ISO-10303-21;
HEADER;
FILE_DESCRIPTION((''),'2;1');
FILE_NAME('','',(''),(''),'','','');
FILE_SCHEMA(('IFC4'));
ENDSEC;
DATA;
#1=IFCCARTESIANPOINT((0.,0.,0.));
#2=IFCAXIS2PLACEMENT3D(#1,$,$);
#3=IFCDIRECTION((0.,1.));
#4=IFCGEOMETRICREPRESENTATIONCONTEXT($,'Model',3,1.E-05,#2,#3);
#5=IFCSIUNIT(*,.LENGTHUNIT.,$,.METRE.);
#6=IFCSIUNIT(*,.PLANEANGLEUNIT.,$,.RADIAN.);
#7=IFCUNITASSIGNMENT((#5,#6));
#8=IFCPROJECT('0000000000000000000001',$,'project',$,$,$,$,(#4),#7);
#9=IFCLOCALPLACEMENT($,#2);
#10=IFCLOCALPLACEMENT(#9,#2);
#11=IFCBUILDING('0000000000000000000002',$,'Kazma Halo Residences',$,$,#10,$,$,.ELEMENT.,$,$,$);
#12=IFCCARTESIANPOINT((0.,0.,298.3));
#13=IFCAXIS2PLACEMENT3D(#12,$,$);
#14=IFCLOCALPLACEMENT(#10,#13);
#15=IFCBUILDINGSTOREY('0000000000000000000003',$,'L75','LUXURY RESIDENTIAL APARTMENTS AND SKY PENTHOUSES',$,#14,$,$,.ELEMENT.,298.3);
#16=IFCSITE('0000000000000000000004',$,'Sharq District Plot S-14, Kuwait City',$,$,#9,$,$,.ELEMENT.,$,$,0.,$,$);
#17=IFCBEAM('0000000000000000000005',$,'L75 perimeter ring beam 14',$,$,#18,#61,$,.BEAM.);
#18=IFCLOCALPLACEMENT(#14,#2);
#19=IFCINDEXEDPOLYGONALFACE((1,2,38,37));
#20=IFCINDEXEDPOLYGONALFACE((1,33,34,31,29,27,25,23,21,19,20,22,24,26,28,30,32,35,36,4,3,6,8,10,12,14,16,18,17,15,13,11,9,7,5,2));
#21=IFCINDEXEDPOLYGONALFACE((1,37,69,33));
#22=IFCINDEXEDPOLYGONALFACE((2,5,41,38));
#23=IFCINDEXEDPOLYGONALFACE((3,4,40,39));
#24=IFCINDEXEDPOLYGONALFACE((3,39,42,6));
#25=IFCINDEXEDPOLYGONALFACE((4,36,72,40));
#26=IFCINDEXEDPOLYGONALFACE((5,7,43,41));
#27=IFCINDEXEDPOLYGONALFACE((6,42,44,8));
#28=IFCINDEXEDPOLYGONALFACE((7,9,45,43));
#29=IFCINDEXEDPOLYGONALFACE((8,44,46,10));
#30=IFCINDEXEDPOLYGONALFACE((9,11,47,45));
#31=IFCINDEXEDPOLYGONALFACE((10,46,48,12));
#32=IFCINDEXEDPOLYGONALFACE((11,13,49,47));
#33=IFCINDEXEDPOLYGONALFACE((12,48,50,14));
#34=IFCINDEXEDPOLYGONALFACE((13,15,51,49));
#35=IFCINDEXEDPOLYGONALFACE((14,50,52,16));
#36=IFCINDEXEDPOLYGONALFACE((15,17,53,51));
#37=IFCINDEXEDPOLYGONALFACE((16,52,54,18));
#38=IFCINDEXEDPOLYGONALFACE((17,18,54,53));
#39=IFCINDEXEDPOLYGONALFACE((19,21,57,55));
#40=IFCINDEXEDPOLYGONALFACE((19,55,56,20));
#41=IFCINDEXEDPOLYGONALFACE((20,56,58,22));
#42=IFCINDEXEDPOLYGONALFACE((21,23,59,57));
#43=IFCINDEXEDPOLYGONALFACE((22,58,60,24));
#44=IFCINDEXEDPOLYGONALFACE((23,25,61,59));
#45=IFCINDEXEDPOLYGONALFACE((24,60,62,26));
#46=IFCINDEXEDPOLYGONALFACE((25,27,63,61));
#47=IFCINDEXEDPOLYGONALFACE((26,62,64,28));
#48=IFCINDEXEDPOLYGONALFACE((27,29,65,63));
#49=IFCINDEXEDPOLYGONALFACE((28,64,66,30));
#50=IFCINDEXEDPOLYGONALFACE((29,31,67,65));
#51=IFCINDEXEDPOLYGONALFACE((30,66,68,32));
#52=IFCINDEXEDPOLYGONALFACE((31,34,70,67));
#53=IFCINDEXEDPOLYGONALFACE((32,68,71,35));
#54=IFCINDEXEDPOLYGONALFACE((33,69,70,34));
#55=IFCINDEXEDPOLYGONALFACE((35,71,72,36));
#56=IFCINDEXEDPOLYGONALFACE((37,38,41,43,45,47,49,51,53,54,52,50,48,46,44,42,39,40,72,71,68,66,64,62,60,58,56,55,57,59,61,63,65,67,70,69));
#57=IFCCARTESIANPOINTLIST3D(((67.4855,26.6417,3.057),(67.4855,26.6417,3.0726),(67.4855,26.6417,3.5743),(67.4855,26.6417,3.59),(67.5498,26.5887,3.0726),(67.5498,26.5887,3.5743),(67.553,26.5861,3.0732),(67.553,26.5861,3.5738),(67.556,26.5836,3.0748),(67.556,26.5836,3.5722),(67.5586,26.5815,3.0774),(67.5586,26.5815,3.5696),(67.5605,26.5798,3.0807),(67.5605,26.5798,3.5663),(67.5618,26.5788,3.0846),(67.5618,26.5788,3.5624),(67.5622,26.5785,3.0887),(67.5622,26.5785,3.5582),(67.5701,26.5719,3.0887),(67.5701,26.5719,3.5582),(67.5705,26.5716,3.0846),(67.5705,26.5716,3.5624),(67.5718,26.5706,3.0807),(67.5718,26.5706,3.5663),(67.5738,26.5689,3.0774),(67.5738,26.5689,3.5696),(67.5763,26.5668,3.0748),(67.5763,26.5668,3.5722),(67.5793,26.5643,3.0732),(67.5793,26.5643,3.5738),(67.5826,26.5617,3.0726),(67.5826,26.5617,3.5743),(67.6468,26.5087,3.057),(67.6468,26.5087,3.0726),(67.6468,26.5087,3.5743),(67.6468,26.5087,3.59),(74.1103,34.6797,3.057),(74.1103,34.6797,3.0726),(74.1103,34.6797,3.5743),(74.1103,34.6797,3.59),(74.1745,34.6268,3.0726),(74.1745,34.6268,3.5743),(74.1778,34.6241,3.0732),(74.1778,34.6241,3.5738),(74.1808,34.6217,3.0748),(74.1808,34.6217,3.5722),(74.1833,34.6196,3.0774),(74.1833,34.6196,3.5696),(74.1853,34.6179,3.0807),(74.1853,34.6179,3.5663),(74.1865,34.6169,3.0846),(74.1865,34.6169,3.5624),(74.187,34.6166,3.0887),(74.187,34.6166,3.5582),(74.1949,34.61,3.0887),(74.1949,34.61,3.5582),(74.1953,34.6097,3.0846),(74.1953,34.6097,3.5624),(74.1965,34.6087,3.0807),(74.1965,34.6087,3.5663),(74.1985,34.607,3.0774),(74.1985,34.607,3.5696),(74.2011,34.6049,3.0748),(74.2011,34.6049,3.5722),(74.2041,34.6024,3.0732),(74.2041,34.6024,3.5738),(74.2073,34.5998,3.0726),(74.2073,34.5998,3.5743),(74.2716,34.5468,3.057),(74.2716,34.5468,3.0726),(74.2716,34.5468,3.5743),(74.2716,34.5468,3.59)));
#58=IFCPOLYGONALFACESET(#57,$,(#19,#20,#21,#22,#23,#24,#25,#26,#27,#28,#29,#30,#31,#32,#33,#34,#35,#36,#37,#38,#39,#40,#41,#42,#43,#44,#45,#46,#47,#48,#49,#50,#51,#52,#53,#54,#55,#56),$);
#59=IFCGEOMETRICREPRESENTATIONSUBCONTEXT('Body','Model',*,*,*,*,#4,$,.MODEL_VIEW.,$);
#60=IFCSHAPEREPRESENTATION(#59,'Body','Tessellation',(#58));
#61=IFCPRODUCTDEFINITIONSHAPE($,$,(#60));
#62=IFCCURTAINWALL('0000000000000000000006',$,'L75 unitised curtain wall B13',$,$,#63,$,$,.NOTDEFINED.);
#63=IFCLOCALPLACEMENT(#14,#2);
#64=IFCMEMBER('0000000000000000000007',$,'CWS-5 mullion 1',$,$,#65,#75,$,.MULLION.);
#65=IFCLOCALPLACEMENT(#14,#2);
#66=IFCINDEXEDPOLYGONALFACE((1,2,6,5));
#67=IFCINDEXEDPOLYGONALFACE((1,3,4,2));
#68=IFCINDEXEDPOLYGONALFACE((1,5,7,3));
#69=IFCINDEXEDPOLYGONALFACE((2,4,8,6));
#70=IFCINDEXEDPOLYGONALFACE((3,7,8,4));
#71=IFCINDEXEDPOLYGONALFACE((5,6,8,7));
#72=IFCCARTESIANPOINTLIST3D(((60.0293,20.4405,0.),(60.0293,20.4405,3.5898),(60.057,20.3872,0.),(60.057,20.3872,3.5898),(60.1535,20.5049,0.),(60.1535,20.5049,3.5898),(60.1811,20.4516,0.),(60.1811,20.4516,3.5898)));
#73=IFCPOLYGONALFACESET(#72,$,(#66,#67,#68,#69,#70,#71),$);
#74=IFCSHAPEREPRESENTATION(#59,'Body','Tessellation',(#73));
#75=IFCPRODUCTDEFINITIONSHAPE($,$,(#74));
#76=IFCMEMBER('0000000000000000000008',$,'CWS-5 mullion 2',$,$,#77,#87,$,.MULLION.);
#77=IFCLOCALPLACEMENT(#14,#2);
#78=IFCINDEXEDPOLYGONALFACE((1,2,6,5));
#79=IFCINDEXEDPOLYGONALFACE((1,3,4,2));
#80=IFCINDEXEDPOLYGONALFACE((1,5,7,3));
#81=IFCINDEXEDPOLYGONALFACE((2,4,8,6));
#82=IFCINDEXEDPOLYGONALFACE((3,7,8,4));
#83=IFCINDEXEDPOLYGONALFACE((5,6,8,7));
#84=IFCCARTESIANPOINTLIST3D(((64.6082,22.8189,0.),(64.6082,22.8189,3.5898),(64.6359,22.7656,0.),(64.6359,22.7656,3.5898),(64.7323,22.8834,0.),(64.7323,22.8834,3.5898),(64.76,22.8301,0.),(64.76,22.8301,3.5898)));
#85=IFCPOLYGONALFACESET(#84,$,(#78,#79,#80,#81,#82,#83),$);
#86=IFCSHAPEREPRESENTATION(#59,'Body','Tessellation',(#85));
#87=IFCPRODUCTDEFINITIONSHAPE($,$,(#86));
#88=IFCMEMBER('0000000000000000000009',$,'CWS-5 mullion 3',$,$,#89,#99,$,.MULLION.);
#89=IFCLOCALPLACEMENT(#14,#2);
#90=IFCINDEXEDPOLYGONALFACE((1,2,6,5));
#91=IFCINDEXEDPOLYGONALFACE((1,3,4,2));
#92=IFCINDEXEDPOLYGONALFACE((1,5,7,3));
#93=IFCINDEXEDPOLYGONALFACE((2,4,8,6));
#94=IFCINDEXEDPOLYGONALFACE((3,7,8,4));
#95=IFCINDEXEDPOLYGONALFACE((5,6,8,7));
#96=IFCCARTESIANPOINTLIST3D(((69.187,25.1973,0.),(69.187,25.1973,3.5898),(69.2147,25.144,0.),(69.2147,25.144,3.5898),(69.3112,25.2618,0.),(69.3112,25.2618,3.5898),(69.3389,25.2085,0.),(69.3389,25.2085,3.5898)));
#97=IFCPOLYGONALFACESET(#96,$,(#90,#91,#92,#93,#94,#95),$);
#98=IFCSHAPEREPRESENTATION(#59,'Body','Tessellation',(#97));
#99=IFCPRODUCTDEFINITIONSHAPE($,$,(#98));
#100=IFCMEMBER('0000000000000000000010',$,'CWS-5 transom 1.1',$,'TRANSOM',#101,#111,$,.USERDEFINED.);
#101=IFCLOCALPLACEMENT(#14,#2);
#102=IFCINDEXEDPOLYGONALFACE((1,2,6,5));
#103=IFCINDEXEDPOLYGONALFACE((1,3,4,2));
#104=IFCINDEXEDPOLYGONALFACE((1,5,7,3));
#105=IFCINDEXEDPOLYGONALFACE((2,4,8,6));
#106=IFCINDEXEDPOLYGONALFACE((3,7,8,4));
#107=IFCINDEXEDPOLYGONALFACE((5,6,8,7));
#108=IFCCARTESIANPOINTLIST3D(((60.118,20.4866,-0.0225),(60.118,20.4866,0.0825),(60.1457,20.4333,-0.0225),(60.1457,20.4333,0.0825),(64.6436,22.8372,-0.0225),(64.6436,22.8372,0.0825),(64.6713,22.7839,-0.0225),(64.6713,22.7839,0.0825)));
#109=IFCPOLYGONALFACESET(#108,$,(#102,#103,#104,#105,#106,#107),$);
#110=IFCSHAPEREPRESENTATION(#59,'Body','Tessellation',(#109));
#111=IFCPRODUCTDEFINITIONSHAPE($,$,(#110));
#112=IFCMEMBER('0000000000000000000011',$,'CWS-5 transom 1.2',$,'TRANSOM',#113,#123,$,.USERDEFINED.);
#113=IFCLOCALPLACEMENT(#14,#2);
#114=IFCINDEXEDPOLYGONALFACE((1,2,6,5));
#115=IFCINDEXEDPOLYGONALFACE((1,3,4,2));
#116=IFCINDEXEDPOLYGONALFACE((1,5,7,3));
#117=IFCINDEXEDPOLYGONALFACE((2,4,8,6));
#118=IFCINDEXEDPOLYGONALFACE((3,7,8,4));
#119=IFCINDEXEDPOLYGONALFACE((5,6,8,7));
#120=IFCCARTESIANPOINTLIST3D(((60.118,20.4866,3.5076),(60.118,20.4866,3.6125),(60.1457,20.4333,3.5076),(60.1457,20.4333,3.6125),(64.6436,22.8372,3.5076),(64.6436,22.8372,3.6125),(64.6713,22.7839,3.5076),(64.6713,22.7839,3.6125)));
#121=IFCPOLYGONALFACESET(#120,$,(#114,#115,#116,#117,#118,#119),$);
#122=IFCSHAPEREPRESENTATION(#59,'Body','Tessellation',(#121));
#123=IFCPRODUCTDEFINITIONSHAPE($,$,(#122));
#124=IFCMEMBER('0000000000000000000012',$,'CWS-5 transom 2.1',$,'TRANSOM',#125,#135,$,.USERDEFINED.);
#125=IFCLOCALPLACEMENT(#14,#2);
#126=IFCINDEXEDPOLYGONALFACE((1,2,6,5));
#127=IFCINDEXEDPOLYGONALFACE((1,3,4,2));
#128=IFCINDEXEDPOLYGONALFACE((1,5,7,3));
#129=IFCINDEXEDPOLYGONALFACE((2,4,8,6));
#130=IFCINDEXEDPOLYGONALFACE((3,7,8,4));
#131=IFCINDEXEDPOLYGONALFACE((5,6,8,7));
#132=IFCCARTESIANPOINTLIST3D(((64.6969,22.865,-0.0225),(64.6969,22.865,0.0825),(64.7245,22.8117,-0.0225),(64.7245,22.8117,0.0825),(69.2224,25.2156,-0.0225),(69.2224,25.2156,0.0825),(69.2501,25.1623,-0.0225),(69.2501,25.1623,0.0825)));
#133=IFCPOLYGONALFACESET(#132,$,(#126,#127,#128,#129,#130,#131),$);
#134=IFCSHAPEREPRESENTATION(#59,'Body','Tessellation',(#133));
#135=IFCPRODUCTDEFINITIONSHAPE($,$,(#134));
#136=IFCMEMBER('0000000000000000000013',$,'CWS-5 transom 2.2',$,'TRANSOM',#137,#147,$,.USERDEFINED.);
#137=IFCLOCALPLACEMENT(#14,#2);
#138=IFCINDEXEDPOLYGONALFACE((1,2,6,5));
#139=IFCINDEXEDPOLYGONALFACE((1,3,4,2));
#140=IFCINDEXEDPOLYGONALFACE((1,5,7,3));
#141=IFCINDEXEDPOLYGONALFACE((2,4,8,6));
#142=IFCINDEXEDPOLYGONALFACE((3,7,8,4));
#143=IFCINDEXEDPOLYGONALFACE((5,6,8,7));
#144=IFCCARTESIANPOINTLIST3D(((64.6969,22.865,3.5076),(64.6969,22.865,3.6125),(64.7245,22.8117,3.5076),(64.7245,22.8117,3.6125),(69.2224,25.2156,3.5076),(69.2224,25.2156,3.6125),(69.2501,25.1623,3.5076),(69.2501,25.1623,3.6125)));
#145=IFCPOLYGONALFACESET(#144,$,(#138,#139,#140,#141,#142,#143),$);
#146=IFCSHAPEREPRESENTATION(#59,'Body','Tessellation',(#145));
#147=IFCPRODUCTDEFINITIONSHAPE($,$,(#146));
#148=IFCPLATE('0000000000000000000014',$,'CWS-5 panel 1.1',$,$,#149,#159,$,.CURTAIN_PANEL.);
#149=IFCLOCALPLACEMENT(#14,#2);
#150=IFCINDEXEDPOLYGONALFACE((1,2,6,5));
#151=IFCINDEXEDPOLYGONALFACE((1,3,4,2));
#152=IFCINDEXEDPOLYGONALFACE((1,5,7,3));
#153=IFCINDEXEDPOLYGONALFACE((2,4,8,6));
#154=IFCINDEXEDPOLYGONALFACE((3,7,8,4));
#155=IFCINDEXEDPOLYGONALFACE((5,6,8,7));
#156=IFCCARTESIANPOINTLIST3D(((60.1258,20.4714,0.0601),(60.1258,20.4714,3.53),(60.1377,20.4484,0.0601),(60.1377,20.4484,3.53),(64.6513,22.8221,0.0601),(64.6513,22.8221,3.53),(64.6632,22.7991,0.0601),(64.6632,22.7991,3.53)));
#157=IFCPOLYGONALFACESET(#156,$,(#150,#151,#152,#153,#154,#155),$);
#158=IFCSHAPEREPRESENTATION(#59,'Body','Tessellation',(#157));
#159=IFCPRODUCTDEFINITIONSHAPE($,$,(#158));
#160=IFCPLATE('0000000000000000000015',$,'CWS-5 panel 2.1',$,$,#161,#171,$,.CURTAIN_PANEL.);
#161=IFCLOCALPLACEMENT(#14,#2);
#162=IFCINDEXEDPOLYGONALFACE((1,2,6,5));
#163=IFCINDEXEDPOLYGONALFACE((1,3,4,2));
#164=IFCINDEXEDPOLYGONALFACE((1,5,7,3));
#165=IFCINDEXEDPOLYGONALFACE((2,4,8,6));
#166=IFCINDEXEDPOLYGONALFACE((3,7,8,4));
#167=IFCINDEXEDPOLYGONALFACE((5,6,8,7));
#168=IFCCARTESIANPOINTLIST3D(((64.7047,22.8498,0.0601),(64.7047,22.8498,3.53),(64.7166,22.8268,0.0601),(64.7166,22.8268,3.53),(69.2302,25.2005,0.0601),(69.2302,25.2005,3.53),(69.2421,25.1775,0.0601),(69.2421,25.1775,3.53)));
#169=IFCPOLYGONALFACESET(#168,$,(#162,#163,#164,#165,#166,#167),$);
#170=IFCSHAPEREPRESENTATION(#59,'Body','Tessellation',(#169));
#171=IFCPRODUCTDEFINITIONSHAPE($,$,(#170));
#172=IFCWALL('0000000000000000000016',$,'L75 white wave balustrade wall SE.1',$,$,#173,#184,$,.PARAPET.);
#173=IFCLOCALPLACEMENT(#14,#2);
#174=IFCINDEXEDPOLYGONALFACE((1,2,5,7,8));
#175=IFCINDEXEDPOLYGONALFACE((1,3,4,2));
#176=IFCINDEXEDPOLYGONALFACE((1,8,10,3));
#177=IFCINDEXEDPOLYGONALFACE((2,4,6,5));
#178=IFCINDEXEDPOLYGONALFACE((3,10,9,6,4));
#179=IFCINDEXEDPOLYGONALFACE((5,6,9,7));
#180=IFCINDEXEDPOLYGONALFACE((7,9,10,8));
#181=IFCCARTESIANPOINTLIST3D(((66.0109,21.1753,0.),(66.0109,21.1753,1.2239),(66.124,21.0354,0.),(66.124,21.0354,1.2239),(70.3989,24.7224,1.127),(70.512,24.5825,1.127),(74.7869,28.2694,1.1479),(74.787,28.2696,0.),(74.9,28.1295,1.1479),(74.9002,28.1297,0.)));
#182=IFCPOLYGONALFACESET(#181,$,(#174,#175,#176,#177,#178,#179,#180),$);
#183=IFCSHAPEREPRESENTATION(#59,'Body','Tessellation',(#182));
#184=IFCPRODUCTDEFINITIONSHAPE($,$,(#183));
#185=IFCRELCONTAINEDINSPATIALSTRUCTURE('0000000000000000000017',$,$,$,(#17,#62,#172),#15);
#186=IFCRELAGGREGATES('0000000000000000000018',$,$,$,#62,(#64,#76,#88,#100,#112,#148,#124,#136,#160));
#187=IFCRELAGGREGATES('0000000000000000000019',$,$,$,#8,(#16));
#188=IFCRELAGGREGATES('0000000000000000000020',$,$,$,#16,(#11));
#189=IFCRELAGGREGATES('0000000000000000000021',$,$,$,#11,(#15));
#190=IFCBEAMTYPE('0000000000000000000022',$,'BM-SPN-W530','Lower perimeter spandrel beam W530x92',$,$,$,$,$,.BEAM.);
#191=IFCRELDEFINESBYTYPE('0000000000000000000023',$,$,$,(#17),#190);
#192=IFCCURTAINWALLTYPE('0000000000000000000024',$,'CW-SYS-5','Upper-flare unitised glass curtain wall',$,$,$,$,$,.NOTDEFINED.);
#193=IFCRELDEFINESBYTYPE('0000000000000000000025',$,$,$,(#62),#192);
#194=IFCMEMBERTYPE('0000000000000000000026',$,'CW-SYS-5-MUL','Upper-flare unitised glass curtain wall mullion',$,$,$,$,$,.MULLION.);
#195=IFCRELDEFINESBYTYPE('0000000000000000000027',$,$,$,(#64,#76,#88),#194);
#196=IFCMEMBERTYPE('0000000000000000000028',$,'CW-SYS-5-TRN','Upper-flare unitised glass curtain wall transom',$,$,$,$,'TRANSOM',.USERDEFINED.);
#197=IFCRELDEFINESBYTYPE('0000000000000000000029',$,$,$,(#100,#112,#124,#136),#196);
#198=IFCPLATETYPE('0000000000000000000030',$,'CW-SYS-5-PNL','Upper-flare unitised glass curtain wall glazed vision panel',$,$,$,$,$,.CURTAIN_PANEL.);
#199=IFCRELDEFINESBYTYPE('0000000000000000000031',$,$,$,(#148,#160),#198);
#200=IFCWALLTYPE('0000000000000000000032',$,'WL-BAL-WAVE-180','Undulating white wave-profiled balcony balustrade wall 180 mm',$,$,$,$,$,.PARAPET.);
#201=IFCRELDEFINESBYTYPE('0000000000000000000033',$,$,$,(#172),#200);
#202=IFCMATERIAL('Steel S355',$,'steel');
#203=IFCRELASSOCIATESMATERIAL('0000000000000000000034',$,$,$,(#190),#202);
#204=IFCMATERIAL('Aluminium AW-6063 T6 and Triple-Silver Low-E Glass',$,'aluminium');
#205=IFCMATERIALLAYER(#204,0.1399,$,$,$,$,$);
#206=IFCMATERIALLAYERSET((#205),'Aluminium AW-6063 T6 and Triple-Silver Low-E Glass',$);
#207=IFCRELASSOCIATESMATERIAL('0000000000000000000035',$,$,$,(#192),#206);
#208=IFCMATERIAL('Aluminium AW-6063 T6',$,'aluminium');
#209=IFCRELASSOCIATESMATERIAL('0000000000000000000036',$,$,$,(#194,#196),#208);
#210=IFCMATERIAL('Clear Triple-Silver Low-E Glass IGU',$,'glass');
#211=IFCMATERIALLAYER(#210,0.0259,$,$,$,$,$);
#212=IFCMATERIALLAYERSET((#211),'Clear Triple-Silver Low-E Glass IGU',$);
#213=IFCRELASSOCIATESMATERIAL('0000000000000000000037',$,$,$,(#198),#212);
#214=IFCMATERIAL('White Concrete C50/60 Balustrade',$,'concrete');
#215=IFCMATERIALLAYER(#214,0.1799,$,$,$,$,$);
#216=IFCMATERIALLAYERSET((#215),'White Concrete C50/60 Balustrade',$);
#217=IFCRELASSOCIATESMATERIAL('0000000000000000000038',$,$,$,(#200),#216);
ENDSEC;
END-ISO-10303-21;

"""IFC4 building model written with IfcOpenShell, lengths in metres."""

from ifc_helpers import new_model, si_unit, direction, frame, origin, origin_2d, place, context, subcontext, project, spatial, polyline, rectangle, i_section, outline, extrude, material, layer, layer_set, material_profile, profile_set, type_object, element, aggregate, save


model = new_model("IFC4")

# Units and contexts
model_context = context("Model", 3, precision=1e-05, world=origin(), true_north=direction((0.0, 1.0)))
body_context = subcontext(model_context, "Body", "Model", "MODEL_VIEW")
ifc_project = project(units=[si_unit("LENGTHUNIT", "METRE"), si_unit("PLANEANGLEUNIT", "RADIAN")], contexts=[model_context])

# Site, building, storey
site_placement = place(None, origin())
site = spatial("IfcSite", under=ifc_project, at=site_placement, Name="Sharq District Plot S-14, Kuwait City", CompositionType="ELEMENT", RefElevation=0.0)
building_placement = place(site_placement, origin())
building = spatial("IfcBuilding", under=site, at=building_placement, Name="Kazma Halo Residences", CompositionType="ELEMENT")
storey_placement = place(building_placement, frame((0.0, 0.0, 298.3)))
storey = spatial("IfcBuildingStorey", under=building, at=storey_placement, Name="L75", Description="LUXURY RESIDENTIAL APARTMENTS AND SKY PENTHOUSES", CompositionType="ELEMENT", Elevation=298.3)

# Beam
ifc_material_1 = material(Name="Steel S355", Category="steel")
ifc_material_profile_1 = material_profile(ifc_material_1, i_section(OverallWidth=0.209, OverallDepth=0.533, WebThickness=0.0103, FlangeThickness=0.0156, FilletRadius=0.0161, at=origin_2d()), Name="W530x92")
ifc_profile_set_1 = profile_set([ifc_material_profile_1], Name="Steel S355")
beam_type_1 = type_object("IfcBeamType", Name="BM-SPN-W530", Description="Lower perimeter spandrel beam W530x92", PredefinedType="BEAM", material=ifc_profile_set_1)
beam_1_placement = place(storey_placement, frame((67.5662, 26.5752, 3.3235), z_axis=(0.636002, 0.771687, 0.0), x_axis=(-0.771687, 0.636002, 0.0)))
element("IfcBeam", 1, at=beam_1_placement, inside=storey, type_object=beam_type_1, Name="L75 perimeter ring beam 14", PredefinedType="BEAM", context=body_context, shape_type="SweptSolid", body=[
    extrude(i_section(OverallWidth=0.209, OverallDepth=0.533, WebThickness=0.0103, FlangeThickness=0.0156, FilletRadius=0.0161, at=origin_2d()), origin(), (0.0, 0.0, 1.0), 10.4163),
])

# Curtain wall, members, plates
ifc_material_2 = material(Name="Aluminium AW-6063 T6 and Triple-Silver Low-E Glass", Category="aluminium")
ifc_layer_1 = layer(ifc_material_2, 0.1399)
ifc_layer_set_1 = layer_set([ifc_layer_1], Name="Aluminium AW-6063 T6 and Triple-Silver Low-E Glass")
curtain_wall_type = type_object("IfcCurtainWallType", Name="CW-SYS-5", Description="Upper-flare unitised glass curtain wall", PredefinedType="NOTDEFINED", material=ifc_layer_set_1)
curtain_wall_placement = place(storey_placement, origin())
curtain_wall = element("IfcCurtainWall", 2, at=curtain_wall_placement, inside=storey, type_object=curtain_wall_type, Name="L75 unitised curtain wall B13", PredefinedType="NOTDEFINED")
ifc_material_3 = material(Name="Aluminium AW-6063 T6", Category="aluminium")
ifc_material_profile_2 = material_profile(ifc_material_3, rectangle(XDim=0.0601, YDim=0.1399, at=origin_2d()), Name="CWM-60x140")
ifc_profile_set_2 = profile_set([ifc_material_profile_2], Name="Aluminium AW-6063 T6")
member_type_1 = type_object("IfcMemberType", Name="CW-SYS-5-MUL", Description="Upper-flare unitised glass curtain wall mullion", PredefinedType="MULLION", material=ifc_profile_set_2)
member_1_placement = place(storey_placement, frame((60.1052, 20.446, 0.0), z_axis=(0.0, 0.0, 1.0), x_axis=(-0.460961, 0.887421, 0.0)))
member_1 = element("IfcMember", 3, at=member_1_placement, type_object=member_type_1, Name="CWS-5 mullion 1", PredefinedType="MULLION", context=body_context, shape_type="SweptSolid", body=[
    extrude(rectangle(XDim=0.0601, YDim=0.1399, at=origin_2d()), origin(), (0.0, 0.0, 1.0), 3.5898),
])
member_2_placement = place(storey_placement, frame((64.6841, 22.8245, 0.0), z_axis=(0.0, 0.0, 1.0), x_axis=(-0.460961, 0.887421, 0.0)))
member_2 = element("IfcMember", 4, at=member_2_placement, type_object=member_type_1, Name="CWS-5 mullion 2", PredefinedType="MULLION", context=body_context, shape_type="SweptSolid", body=[
    extrude(rectangle(XDim=0.0601, YDim=0.1399, at=origin_2d()), origin(), (0.0, 0.0, 1.0), 3.5898),
])
member_3_placement = place(storey_placement, frame((69.2629, 25.2029, 0.0), z_axis=(0.0, 0.0, 1.0), x_axis=(-0.460961, 0.887421, 0.0)))
member_3 = element("IfcMember", 5, at=member_3_placement, type_object=member_type_1, Name="CWS-5 mullion 3", PredefinedType="MULLION", context=body_context, shape_type="SweptSolid", body=[
    extrude(rectangle(XDim=0.0601, YDim=0.1399, at=origin_2d()), origin(), (0.0, 0.0, 1.0), 3.5898),
])
ifc_material_profile_3 = material_profile(ifc_material_3, rectangle(XDim=0.0601, YDim=0.105, at=origin_2d()), Name="CWT-60x105")
ifc_profile_set_3 = profile_set([ifc_material_profile_3], Name="Aluminium AW-6063 T6")
member_type_2 = type_object("IfcMemberType", Name="CW-SYS-5-TRN", Description="Upper-flare unitised glass curtain wall transom", ElementType="TRANSOM", PredefinedType="USERDEFINED", material=ifc_profile_set_3)
member_4_placement = place(storey_placement, frame((60.1318, 20.46, 0.03), z_axis=(0.887437, 0.460929, 0.0), x_axis=(-0.460929, 0.887437, 0.0)))
member_4 = element("IfcMember", 6, at=member_4_placement, type_object=member_type_2, Name="CWS-5 transom 1.1", ObjectType="TRANSOM", PredefinedType="USERDEFINED", context=body_context, shape_type="SweptSolid", body=[
    extrude(rectangle(XDim=0.0601, YDim=0.105, at=origin_2d()), origin(), (0.0, 0.0, 1.0), 5.0996),
])
member_5_placement = place(storey_placement, frame((60.1318, 20.46, 3.5601), z_axis=(0.887437, 0.460929, 0.0), x_axis=(-0.460929, 0.887437, 0.0)))
member_5 = element("IfcMember", 7, at=member_5_placement, type_object=member_type_2, Name="CWS-5 transom 1.2", ObjectType="TRANSOM", PredefinedType="USERDEFINED", context=body_context, shape_type="SweptSolid", body=[
    extrude(rectangle(XDim=0.0601, YDim=0.105, at=origin_2d()), origin(), (0.0, 0.0, 1.0), 5.0996),
])
member_6_placement = place(storey_placement, frame((64.7107, 22.8384, 0.03), z_axis=(0.887437, 0.460929, 0.0), x_axis=(-0.460929, 0.887437, 0.0)))
member_6 = element("IfcMember", 8, at=member_6_placement, type_object=member_type_2, Name="CWS-5 transom 2.1", ObjectType="TRANSOM", PredefinedType="USERDEFINED", context=body_context, shape_type="SweptSolid", body=[
    extrude(rectangle(XDim=0.0601, YDim=0.105, at=origin_2d()), origin(), (0.0, 0.0, 1.0), 5.0996),
])
member_7_placement = place(storey_placement, frame((64.7107, 22.8384, 3.5601), z_axis=(0.887437, 0.460929, 0.0), x_axis=(-0.460929, 0.887437, 0.0)))
member_7 = element("IfcMember", 9, at=member_7_placement, type_object=member_type_2, Name="CWS-5 transom 2.2", ObjectType="TRANSOM", PredefinedType="USERDEFINED", context=body_context, shape_type="SweptSolid", body=[
    extrude(rectangle(XDim=0.0601, YDim=0.105, at=origin_2d()), origin(), (0.0, 0.0, 1.0), 5.0996),
])
ifc_material_4 = material(Name="Clear Triple-Silver Low-E Glass IGU", Category="glass")
ifc_layer_2 = layer(ifc_material_4, 0.0259)
ifc_layer_set_2 = layer_set([ifc_layer_2], Name="Clear Triple-Silver Low-E Glass IGU")
plate_type = type_object("IfcPlateType", Name="CW-SYS-5-PNL", Description="Upper-flare unitised glass curtain wall glazed vision panel", PredefinedType="CURTAIN_PANEL", material=ifc_layer_set_2)
plate_1_placement = place(storey_placement, frame((62.3945, 21.6353, 0.0601), z_axis=(0.0, 0.0, 1.0), x_axis=(0.887421, 0.460961, 0.0)))
plate_1 = element("IfcPlate", 10, at=plate_1_placement, type_object=plate_type, Name="CWS-5 panel 1.1", PredefinedType="CURTAIN_PANEL", context=body_context, shape_type="SweptSolid", body=[
    extrude(rectangle(XDim=5.0996, YDim=0.0259, at=origin_2d()), origin(), (0.0, 0.0, 1.0), 3.47),
])
plate_2_placement = place(storey_placement, frame((66.9734, 24.0137, 0.0601), z_axis=(0.0, 0.0, 1.0), x_axis=(0.887421, 0.460961, 0.0)))
plate_2 = element("IfcPlate", 11, at=plate_2_placement, type_object=plate_type, Name="CWS-5 panel 2.1", PredefinedType="CURTAIN_PANEL", context=body_context, shape_type="SweptSolid", body=[
    extrude(rectangle(XDim=5.0996, YDim=0.0259, at=origin_2d()), origin(), (0.0, 0.0, 1.0), 3.47),
])
aggregate(curtain_wall, [member_1, member_2, member_3, member_4, member_5, plate_1, member_6, member_7, plate_2])

# Wall
ifc_material_5 = material(Name="White Concrete C50/60 Balustrade", Category="concrete")
ifc_layer_3 = layer(ifc_material_5, 0.1799)
ifc_layer_set_3 = layer_set([ifc_layer_3], Name="White Concrete C50/60 Balustrade")
wall_type_1 = type_object("IfcWallType", Name="WL-BAL-WAVE-180", Description="Undulating white wave-profiled balcony balustrade wall 180 mm", PredefinedType="PARAPET", material=ifc_layer_set_3)
wall_1_placement = place(storey_placement, frame((66.0674, 21.1055, 0.0), z_axis=(0.0, 0.0, 1.0), x_axis=(0.777689, 0.62865, 0.0)))
element("IfcWall", 12, at=wall_1_placement, inside=storey, type_object=wall_type_1, Name="L75 white wave balustrade wall SE.1", PredefinedType="PARAPET", context=body_context, shape_type="SweptSolid", body=[
    extrude(outline(polyline([(0.0, 0.0), (11.2849, 0.0), (11.2847, 1.1479), (5.6423, 1.127), (0.0, 1.2239), (0.0, 0.0)])), frame((0.0, 0.0898, 0.0), z_axis=(0.0, -1.0, 0.0), x_axis=(1.0, 0.0, 0.0)), (0.0, 0.0, 1.0), 0.1799),
])

save(model, "model.ifc")
